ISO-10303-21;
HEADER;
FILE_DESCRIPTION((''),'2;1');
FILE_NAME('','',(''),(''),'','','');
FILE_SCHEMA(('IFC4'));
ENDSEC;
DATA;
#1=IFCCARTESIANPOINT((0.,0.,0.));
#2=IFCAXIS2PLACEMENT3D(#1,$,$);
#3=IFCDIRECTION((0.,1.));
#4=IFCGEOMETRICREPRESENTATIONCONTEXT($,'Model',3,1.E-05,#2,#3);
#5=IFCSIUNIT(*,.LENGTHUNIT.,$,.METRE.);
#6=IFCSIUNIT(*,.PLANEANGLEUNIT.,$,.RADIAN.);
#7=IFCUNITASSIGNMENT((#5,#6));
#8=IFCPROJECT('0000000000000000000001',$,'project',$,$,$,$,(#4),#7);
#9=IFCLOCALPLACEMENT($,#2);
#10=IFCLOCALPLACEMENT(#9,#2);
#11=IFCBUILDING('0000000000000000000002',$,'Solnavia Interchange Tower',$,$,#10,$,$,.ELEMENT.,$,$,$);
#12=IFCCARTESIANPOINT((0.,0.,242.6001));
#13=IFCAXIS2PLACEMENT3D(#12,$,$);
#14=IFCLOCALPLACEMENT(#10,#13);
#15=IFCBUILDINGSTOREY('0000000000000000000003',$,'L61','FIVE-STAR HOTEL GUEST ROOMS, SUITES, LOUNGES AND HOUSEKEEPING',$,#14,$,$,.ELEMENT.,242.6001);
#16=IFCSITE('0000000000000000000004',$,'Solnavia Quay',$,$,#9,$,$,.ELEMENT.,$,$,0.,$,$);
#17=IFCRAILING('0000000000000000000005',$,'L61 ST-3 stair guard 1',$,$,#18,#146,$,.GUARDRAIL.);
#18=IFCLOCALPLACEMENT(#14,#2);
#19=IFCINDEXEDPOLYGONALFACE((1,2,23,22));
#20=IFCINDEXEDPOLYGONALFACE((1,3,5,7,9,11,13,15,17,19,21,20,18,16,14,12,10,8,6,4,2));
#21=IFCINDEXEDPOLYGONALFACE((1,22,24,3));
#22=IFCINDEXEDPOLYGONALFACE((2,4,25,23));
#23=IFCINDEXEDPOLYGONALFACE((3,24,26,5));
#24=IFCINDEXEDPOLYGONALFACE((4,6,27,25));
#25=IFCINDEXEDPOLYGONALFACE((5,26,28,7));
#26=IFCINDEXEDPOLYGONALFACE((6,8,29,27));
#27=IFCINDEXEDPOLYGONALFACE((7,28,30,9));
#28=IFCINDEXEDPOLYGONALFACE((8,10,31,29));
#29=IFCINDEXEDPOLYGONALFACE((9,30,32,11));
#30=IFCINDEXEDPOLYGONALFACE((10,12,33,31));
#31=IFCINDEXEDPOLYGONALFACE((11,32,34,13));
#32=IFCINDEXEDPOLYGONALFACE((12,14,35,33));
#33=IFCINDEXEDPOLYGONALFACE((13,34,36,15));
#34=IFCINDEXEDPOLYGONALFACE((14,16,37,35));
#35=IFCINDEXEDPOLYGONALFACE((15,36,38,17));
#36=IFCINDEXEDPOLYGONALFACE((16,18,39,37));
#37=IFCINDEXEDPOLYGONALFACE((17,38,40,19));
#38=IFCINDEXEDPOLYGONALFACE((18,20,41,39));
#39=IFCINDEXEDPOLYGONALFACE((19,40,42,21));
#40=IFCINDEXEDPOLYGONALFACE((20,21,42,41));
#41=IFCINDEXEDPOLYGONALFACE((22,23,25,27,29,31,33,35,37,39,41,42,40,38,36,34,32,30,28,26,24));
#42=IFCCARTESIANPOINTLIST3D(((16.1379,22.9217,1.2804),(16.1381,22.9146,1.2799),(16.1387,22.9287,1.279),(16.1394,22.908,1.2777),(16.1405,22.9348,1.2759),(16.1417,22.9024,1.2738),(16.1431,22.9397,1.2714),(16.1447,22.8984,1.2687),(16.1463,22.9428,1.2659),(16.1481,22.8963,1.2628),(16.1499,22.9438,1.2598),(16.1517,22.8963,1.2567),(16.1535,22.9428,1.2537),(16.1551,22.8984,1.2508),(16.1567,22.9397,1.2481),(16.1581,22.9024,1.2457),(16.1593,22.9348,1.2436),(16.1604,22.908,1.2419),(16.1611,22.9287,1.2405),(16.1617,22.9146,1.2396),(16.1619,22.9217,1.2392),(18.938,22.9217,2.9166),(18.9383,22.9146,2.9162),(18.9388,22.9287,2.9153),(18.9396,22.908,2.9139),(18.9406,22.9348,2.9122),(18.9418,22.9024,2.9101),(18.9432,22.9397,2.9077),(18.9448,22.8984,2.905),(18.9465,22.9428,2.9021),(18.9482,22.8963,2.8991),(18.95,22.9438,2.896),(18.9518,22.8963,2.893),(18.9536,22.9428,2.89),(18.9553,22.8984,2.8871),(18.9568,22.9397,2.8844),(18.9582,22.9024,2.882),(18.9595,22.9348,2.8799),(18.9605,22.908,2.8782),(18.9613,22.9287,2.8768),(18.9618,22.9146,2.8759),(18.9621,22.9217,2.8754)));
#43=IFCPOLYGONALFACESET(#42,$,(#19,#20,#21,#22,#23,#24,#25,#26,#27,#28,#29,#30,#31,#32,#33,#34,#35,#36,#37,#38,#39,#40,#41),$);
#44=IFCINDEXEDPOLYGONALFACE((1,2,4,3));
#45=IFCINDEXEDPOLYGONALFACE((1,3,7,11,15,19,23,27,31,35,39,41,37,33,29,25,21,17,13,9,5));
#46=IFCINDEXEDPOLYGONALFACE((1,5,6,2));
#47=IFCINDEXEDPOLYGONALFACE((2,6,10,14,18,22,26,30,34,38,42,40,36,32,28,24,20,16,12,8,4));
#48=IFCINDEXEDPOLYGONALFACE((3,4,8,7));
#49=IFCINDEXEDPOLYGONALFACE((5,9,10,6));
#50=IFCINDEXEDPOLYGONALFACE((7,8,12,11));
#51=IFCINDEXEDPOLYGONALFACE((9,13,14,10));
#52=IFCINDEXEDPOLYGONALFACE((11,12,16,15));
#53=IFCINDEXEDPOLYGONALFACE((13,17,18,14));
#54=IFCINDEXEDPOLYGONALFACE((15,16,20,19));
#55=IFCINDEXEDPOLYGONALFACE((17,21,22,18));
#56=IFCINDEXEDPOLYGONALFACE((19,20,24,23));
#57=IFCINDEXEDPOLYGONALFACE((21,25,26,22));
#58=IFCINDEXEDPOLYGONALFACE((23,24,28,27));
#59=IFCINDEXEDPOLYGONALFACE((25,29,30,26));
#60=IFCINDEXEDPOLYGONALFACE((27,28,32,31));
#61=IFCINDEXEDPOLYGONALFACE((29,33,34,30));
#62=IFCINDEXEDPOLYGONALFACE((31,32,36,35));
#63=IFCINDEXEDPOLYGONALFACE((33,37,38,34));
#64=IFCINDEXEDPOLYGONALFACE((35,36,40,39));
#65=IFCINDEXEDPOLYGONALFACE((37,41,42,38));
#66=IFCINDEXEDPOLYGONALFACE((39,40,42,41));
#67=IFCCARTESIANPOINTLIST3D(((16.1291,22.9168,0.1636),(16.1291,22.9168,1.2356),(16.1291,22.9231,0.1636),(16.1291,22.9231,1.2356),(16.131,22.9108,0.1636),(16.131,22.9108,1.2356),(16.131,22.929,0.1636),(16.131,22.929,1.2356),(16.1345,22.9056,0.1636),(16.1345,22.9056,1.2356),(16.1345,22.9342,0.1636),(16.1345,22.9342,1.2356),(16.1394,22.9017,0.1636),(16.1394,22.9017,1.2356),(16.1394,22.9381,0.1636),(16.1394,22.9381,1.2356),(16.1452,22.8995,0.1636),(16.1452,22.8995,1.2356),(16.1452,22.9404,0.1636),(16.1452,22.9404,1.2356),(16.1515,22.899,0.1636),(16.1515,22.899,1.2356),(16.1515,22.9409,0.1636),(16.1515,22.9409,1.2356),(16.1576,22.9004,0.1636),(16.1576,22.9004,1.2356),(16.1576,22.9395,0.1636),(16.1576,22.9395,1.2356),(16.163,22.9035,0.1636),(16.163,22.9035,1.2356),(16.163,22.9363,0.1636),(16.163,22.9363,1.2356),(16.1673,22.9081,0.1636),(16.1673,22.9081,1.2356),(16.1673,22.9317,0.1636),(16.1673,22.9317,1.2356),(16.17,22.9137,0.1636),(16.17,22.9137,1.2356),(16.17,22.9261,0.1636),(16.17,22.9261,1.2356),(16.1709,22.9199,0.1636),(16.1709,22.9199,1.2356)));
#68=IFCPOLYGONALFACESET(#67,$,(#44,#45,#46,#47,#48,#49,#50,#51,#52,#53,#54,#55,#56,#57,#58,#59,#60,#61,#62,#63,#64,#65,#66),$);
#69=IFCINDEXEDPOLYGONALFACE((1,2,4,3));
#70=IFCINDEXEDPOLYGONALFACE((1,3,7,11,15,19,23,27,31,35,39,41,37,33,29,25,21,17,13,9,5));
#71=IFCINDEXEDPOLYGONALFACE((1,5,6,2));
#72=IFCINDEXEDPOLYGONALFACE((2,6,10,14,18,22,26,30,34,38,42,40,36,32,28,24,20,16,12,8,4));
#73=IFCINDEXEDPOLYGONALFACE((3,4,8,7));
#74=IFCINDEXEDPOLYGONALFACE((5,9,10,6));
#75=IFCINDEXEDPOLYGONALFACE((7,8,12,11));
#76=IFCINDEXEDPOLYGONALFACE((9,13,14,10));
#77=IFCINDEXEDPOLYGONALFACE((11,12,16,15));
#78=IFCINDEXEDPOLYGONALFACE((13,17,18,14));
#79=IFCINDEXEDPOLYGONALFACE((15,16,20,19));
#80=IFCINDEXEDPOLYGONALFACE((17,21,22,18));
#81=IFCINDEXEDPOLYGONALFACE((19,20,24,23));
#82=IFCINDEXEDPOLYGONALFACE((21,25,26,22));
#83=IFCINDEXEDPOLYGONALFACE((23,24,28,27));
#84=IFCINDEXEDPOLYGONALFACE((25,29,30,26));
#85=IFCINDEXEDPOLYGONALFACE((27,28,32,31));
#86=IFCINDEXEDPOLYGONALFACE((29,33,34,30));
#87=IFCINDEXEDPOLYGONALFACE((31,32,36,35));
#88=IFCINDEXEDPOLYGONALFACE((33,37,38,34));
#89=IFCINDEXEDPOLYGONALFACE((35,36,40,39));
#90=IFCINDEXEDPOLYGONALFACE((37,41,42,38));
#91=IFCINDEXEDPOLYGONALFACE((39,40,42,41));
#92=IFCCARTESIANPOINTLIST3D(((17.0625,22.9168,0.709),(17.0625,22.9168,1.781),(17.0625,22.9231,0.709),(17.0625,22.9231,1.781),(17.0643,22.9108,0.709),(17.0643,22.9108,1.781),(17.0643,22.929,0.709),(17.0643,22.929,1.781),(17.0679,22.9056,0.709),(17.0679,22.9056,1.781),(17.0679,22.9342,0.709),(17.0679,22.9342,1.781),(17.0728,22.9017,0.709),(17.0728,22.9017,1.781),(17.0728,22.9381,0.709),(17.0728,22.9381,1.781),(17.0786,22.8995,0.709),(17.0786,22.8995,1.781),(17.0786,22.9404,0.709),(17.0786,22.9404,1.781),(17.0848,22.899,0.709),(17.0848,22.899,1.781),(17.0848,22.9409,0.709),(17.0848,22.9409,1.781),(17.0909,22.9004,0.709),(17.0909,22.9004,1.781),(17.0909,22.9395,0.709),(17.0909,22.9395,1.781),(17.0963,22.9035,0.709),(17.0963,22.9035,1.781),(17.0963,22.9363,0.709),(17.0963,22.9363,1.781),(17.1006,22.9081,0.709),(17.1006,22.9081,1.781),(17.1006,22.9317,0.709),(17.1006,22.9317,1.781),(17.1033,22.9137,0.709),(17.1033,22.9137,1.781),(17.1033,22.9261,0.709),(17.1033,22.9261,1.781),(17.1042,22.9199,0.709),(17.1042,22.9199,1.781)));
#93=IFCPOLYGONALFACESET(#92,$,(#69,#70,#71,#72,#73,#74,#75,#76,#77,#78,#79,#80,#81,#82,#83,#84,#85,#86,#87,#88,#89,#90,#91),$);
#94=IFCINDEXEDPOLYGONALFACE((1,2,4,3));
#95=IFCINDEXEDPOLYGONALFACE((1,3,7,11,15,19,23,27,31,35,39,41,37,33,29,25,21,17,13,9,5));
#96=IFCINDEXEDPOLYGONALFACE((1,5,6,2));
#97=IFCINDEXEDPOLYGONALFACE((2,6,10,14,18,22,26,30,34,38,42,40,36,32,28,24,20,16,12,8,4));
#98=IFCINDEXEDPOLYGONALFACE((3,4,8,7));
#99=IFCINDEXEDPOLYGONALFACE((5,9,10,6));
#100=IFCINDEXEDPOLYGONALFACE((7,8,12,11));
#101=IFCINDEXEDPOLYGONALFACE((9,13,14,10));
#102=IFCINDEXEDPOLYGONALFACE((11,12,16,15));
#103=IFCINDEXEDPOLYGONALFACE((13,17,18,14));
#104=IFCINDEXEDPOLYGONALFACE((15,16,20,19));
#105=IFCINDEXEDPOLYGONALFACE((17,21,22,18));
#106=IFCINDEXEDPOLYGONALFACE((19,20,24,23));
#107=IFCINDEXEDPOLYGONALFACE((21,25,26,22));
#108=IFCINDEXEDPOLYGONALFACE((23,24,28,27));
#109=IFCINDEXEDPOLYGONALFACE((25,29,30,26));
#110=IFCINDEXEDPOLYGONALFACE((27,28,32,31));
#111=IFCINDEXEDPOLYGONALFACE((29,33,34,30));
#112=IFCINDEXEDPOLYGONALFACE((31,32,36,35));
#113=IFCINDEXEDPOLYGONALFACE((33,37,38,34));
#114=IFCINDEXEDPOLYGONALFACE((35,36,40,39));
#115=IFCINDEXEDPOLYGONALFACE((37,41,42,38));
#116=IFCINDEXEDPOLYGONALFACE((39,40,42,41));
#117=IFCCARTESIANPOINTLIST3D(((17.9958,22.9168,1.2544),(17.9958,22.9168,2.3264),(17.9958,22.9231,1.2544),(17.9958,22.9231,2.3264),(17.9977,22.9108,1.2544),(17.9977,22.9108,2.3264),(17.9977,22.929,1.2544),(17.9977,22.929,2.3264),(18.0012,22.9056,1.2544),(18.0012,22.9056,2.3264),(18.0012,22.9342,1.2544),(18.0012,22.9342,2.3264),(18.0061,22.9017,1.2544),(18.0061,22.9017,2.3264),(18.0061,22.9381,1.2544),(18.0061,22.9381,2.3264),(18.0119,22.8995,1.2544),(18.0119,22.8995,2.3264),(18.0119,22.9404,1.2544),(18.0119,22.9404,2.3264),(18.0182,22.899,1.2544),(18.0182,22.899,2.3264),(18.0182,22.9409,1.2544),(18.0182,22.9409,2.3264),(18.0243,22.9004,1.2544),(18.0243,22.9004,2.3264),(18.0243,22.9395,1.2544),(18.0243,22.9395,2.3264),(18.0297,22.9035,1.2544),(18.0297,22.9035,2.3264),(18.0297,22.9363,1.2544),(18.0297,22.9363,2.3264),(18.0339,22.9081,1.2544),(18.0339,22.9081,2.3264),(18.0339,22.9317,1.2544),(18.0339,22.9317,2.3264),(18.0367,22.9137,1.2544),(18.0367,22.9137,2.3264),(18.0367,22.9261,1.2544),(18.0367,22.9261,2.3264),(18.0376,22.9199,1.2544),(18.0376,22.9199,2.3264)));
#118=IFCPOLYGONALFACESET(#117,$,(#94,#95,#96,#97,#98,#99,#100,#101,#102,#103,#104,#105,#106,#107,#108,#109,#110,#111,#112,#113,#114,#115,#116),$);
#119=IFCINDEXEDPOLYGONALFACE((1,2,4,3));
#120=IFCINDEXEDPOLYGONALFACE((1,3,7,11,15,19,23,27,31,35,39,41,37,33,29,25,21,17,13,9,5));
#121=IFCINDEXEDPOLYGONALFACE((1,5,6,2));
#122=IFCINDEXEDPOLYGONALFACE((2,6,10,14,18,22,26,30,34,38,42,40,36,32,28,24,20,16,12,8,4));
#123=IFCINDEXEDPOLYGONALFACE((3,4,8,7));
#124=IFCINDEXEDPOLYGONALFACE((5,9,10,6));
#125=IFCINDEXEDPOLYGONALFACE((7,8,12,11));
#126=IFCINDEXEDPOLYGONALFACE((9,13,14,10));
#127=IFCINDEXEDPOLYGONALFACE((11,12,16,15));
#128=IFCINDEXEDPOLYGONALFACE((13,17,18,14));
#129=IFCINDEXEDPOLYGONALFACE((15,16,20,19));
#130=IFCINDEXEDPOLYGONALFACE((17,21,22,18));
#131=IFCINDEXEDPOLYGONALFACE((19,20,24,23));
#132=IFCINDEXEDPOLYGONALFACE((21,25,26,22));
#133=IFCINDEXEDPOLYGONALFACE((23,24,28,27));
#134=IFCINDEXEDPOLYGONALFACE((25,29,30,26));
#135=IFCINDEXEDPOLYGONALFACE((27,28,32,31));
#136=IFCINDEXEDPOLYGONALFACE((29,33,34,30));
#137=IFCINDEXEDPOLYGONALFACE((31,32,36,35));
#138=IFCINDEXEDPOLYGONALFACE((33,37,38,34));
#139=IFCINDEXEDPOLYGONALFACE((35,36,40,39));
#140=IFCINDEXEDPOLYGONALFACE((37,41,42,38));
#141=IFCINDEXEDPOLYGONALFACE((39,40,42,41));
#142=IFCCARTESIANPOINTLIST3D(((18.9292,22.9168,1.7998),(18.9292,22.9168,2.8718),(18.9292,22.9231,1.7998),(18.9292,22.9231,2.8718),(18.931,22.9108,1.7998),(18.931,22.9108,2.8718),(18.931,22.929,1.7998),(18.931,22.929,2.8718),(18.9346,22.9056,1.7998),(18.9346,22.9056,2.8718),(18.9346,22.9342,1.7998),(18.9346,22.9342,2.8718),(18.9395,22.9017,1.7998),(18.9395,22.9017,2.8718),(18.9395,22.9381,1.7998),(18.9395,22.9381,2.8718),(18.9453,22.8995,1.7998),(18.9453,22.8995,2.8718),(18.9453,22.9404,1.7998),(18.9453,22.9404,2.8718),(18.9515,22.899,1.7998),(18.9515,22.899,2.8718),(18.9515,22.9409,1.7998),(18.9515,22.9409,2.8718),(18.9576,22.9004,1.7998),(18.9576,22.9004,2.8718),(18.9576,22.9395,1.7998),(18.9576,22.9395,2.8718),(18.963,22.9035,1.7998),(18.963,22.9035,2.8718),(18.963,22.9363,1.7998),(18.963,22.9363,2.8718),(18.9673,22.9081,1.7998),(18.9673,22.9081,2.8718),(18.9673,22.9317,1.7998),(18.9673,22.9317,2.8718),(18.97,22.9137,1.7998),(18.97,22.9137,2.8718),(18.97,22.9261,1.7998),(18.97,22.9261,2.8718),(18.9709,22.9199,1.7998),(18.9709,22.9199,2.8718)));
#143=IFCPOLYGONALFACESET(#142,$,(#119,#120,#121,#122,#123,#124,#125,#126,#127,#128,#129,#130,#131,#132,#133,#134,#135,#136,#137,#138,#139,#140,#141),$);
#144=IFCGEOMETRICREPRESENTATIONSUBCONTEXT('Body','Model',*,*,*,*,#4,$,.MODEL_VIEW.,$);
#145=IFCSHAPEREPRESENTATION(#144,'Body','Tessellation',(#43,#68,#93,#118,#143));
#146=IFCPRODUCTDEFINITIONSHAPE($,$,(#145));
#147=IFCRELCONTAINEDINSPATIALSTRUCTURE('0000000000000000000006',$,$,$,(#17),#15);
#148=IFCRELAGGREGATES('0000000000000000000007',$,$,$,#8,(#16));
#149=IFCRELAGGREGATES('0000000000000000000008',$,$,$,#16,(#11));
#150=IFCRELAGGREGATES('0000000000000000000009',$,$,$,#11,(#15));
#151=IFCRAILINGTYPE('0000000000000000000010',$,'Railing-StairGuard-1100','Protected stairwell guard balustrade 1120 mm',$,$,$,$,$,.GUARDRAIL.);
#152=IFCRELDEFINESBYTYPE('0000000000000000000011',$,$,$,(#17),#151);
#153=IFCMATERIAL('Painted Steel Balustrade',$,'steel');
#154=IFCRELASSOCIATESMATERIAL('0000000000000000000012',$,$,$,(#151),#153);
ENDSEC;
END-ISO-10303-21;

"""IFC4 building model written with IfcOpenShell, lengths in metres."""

from ifc_helpers import new_model, si_unit, direction, frame, origin, origin_2d, place, context, subcontext, project, spatial, circle, extrude, material, type_object, element, save


model = new_model("IFC4")

# Units and contexts
model_context = context("Model", 3, precision=1e-05, world=origin(), true_north=direction((0.0, 1.0)))
body_context = subcontext(model_context, "Body", "Model", "MODEL_VIEW")
ifc_project = project(units=[si_unit("LENGTHUNIT", "METRE"), si_unit("PLANEANGLEUNIT", "RADIAN")], contexts=[model_context])

# Site, building, storey
site_placement = place(None, origin())
site = spatial("IfcSite", under=ifc_project, at=site_placement, Name="Solnavia Quay", CompositionType="ELEMENT", RefElevation=0.0)
building_placement = place(site_placement, origin())
building = spatial("IfcBuilding", under=site, at=building_placement, Name="Solnavia Interchange Tower", CompositionType="ELEMENT")
storey_placement = place(building_placement, frame((0.0, 0.0, 242.6001)))
storey = spatial("IfcBuildingStorey", under=building, at=storey_placement, Name="L61", Description="FIVE-STAR HOTEL GUEST ROOMS, SUITES, LOUNGES AND HOUSEKEEPING", CompositionType="ELEMENT", Elevation=242.6001)

# Railing
ifc_material_1 = material(Name="Painted Steel Balustrade", Category="steel")
railing_type_1 = type_object("IfcRailingType", Name="Railing-StairGuard-1100", Description="Protected stairwell guard balustrade 1120 mm", PredefinedType="GUARDRAIL", material=ifc_material_1)
railing_1_placement = place(storey_placement, frame((16.1499, 22.9199, 0.1636)))
element("IfcRailing", 1, at=railing_1_placement, inside=storey, type_object=railing_type_1, Name="L61 ST-3 stair guard 1", PredefinedType="GUARDRAIL", context=body_context, shape_type="SweptSolid", body=[
    extrude(circle(Radius=0.0239, at=origin_2d()), frame((0.0, 0.0, 1.0962), z_axis=(0.863394, 0.0, 0.504531), x_axis=(0.0, 1.0, 0.0)), (0.0, 0.0, 1.0), 3.2432),
    extrude(circle(Radius=0.021, at=origin_2d()), origin(), (0.0, 0.0, 1.0), 1.072),
    extrude(circle(Radius=0.021, at=origin_2d()), frame((0.9333, 0.0, 0.5454)), (0.0, 0.0, 1.0), 1.072),
    extrude(circle(Radius=0.021, at=origin_2d()), frame((1.8667, 0.0, 1.0908)), (0.0, 0.0, 1.0), 1.072),
    extrude(circle(Radius=0.021, at=origin_2d()), frame((2.8, 0.0, 1.6362)), (0.0, 0.0, 1.0), 1.072),
])

save(model, "model.ifc")
